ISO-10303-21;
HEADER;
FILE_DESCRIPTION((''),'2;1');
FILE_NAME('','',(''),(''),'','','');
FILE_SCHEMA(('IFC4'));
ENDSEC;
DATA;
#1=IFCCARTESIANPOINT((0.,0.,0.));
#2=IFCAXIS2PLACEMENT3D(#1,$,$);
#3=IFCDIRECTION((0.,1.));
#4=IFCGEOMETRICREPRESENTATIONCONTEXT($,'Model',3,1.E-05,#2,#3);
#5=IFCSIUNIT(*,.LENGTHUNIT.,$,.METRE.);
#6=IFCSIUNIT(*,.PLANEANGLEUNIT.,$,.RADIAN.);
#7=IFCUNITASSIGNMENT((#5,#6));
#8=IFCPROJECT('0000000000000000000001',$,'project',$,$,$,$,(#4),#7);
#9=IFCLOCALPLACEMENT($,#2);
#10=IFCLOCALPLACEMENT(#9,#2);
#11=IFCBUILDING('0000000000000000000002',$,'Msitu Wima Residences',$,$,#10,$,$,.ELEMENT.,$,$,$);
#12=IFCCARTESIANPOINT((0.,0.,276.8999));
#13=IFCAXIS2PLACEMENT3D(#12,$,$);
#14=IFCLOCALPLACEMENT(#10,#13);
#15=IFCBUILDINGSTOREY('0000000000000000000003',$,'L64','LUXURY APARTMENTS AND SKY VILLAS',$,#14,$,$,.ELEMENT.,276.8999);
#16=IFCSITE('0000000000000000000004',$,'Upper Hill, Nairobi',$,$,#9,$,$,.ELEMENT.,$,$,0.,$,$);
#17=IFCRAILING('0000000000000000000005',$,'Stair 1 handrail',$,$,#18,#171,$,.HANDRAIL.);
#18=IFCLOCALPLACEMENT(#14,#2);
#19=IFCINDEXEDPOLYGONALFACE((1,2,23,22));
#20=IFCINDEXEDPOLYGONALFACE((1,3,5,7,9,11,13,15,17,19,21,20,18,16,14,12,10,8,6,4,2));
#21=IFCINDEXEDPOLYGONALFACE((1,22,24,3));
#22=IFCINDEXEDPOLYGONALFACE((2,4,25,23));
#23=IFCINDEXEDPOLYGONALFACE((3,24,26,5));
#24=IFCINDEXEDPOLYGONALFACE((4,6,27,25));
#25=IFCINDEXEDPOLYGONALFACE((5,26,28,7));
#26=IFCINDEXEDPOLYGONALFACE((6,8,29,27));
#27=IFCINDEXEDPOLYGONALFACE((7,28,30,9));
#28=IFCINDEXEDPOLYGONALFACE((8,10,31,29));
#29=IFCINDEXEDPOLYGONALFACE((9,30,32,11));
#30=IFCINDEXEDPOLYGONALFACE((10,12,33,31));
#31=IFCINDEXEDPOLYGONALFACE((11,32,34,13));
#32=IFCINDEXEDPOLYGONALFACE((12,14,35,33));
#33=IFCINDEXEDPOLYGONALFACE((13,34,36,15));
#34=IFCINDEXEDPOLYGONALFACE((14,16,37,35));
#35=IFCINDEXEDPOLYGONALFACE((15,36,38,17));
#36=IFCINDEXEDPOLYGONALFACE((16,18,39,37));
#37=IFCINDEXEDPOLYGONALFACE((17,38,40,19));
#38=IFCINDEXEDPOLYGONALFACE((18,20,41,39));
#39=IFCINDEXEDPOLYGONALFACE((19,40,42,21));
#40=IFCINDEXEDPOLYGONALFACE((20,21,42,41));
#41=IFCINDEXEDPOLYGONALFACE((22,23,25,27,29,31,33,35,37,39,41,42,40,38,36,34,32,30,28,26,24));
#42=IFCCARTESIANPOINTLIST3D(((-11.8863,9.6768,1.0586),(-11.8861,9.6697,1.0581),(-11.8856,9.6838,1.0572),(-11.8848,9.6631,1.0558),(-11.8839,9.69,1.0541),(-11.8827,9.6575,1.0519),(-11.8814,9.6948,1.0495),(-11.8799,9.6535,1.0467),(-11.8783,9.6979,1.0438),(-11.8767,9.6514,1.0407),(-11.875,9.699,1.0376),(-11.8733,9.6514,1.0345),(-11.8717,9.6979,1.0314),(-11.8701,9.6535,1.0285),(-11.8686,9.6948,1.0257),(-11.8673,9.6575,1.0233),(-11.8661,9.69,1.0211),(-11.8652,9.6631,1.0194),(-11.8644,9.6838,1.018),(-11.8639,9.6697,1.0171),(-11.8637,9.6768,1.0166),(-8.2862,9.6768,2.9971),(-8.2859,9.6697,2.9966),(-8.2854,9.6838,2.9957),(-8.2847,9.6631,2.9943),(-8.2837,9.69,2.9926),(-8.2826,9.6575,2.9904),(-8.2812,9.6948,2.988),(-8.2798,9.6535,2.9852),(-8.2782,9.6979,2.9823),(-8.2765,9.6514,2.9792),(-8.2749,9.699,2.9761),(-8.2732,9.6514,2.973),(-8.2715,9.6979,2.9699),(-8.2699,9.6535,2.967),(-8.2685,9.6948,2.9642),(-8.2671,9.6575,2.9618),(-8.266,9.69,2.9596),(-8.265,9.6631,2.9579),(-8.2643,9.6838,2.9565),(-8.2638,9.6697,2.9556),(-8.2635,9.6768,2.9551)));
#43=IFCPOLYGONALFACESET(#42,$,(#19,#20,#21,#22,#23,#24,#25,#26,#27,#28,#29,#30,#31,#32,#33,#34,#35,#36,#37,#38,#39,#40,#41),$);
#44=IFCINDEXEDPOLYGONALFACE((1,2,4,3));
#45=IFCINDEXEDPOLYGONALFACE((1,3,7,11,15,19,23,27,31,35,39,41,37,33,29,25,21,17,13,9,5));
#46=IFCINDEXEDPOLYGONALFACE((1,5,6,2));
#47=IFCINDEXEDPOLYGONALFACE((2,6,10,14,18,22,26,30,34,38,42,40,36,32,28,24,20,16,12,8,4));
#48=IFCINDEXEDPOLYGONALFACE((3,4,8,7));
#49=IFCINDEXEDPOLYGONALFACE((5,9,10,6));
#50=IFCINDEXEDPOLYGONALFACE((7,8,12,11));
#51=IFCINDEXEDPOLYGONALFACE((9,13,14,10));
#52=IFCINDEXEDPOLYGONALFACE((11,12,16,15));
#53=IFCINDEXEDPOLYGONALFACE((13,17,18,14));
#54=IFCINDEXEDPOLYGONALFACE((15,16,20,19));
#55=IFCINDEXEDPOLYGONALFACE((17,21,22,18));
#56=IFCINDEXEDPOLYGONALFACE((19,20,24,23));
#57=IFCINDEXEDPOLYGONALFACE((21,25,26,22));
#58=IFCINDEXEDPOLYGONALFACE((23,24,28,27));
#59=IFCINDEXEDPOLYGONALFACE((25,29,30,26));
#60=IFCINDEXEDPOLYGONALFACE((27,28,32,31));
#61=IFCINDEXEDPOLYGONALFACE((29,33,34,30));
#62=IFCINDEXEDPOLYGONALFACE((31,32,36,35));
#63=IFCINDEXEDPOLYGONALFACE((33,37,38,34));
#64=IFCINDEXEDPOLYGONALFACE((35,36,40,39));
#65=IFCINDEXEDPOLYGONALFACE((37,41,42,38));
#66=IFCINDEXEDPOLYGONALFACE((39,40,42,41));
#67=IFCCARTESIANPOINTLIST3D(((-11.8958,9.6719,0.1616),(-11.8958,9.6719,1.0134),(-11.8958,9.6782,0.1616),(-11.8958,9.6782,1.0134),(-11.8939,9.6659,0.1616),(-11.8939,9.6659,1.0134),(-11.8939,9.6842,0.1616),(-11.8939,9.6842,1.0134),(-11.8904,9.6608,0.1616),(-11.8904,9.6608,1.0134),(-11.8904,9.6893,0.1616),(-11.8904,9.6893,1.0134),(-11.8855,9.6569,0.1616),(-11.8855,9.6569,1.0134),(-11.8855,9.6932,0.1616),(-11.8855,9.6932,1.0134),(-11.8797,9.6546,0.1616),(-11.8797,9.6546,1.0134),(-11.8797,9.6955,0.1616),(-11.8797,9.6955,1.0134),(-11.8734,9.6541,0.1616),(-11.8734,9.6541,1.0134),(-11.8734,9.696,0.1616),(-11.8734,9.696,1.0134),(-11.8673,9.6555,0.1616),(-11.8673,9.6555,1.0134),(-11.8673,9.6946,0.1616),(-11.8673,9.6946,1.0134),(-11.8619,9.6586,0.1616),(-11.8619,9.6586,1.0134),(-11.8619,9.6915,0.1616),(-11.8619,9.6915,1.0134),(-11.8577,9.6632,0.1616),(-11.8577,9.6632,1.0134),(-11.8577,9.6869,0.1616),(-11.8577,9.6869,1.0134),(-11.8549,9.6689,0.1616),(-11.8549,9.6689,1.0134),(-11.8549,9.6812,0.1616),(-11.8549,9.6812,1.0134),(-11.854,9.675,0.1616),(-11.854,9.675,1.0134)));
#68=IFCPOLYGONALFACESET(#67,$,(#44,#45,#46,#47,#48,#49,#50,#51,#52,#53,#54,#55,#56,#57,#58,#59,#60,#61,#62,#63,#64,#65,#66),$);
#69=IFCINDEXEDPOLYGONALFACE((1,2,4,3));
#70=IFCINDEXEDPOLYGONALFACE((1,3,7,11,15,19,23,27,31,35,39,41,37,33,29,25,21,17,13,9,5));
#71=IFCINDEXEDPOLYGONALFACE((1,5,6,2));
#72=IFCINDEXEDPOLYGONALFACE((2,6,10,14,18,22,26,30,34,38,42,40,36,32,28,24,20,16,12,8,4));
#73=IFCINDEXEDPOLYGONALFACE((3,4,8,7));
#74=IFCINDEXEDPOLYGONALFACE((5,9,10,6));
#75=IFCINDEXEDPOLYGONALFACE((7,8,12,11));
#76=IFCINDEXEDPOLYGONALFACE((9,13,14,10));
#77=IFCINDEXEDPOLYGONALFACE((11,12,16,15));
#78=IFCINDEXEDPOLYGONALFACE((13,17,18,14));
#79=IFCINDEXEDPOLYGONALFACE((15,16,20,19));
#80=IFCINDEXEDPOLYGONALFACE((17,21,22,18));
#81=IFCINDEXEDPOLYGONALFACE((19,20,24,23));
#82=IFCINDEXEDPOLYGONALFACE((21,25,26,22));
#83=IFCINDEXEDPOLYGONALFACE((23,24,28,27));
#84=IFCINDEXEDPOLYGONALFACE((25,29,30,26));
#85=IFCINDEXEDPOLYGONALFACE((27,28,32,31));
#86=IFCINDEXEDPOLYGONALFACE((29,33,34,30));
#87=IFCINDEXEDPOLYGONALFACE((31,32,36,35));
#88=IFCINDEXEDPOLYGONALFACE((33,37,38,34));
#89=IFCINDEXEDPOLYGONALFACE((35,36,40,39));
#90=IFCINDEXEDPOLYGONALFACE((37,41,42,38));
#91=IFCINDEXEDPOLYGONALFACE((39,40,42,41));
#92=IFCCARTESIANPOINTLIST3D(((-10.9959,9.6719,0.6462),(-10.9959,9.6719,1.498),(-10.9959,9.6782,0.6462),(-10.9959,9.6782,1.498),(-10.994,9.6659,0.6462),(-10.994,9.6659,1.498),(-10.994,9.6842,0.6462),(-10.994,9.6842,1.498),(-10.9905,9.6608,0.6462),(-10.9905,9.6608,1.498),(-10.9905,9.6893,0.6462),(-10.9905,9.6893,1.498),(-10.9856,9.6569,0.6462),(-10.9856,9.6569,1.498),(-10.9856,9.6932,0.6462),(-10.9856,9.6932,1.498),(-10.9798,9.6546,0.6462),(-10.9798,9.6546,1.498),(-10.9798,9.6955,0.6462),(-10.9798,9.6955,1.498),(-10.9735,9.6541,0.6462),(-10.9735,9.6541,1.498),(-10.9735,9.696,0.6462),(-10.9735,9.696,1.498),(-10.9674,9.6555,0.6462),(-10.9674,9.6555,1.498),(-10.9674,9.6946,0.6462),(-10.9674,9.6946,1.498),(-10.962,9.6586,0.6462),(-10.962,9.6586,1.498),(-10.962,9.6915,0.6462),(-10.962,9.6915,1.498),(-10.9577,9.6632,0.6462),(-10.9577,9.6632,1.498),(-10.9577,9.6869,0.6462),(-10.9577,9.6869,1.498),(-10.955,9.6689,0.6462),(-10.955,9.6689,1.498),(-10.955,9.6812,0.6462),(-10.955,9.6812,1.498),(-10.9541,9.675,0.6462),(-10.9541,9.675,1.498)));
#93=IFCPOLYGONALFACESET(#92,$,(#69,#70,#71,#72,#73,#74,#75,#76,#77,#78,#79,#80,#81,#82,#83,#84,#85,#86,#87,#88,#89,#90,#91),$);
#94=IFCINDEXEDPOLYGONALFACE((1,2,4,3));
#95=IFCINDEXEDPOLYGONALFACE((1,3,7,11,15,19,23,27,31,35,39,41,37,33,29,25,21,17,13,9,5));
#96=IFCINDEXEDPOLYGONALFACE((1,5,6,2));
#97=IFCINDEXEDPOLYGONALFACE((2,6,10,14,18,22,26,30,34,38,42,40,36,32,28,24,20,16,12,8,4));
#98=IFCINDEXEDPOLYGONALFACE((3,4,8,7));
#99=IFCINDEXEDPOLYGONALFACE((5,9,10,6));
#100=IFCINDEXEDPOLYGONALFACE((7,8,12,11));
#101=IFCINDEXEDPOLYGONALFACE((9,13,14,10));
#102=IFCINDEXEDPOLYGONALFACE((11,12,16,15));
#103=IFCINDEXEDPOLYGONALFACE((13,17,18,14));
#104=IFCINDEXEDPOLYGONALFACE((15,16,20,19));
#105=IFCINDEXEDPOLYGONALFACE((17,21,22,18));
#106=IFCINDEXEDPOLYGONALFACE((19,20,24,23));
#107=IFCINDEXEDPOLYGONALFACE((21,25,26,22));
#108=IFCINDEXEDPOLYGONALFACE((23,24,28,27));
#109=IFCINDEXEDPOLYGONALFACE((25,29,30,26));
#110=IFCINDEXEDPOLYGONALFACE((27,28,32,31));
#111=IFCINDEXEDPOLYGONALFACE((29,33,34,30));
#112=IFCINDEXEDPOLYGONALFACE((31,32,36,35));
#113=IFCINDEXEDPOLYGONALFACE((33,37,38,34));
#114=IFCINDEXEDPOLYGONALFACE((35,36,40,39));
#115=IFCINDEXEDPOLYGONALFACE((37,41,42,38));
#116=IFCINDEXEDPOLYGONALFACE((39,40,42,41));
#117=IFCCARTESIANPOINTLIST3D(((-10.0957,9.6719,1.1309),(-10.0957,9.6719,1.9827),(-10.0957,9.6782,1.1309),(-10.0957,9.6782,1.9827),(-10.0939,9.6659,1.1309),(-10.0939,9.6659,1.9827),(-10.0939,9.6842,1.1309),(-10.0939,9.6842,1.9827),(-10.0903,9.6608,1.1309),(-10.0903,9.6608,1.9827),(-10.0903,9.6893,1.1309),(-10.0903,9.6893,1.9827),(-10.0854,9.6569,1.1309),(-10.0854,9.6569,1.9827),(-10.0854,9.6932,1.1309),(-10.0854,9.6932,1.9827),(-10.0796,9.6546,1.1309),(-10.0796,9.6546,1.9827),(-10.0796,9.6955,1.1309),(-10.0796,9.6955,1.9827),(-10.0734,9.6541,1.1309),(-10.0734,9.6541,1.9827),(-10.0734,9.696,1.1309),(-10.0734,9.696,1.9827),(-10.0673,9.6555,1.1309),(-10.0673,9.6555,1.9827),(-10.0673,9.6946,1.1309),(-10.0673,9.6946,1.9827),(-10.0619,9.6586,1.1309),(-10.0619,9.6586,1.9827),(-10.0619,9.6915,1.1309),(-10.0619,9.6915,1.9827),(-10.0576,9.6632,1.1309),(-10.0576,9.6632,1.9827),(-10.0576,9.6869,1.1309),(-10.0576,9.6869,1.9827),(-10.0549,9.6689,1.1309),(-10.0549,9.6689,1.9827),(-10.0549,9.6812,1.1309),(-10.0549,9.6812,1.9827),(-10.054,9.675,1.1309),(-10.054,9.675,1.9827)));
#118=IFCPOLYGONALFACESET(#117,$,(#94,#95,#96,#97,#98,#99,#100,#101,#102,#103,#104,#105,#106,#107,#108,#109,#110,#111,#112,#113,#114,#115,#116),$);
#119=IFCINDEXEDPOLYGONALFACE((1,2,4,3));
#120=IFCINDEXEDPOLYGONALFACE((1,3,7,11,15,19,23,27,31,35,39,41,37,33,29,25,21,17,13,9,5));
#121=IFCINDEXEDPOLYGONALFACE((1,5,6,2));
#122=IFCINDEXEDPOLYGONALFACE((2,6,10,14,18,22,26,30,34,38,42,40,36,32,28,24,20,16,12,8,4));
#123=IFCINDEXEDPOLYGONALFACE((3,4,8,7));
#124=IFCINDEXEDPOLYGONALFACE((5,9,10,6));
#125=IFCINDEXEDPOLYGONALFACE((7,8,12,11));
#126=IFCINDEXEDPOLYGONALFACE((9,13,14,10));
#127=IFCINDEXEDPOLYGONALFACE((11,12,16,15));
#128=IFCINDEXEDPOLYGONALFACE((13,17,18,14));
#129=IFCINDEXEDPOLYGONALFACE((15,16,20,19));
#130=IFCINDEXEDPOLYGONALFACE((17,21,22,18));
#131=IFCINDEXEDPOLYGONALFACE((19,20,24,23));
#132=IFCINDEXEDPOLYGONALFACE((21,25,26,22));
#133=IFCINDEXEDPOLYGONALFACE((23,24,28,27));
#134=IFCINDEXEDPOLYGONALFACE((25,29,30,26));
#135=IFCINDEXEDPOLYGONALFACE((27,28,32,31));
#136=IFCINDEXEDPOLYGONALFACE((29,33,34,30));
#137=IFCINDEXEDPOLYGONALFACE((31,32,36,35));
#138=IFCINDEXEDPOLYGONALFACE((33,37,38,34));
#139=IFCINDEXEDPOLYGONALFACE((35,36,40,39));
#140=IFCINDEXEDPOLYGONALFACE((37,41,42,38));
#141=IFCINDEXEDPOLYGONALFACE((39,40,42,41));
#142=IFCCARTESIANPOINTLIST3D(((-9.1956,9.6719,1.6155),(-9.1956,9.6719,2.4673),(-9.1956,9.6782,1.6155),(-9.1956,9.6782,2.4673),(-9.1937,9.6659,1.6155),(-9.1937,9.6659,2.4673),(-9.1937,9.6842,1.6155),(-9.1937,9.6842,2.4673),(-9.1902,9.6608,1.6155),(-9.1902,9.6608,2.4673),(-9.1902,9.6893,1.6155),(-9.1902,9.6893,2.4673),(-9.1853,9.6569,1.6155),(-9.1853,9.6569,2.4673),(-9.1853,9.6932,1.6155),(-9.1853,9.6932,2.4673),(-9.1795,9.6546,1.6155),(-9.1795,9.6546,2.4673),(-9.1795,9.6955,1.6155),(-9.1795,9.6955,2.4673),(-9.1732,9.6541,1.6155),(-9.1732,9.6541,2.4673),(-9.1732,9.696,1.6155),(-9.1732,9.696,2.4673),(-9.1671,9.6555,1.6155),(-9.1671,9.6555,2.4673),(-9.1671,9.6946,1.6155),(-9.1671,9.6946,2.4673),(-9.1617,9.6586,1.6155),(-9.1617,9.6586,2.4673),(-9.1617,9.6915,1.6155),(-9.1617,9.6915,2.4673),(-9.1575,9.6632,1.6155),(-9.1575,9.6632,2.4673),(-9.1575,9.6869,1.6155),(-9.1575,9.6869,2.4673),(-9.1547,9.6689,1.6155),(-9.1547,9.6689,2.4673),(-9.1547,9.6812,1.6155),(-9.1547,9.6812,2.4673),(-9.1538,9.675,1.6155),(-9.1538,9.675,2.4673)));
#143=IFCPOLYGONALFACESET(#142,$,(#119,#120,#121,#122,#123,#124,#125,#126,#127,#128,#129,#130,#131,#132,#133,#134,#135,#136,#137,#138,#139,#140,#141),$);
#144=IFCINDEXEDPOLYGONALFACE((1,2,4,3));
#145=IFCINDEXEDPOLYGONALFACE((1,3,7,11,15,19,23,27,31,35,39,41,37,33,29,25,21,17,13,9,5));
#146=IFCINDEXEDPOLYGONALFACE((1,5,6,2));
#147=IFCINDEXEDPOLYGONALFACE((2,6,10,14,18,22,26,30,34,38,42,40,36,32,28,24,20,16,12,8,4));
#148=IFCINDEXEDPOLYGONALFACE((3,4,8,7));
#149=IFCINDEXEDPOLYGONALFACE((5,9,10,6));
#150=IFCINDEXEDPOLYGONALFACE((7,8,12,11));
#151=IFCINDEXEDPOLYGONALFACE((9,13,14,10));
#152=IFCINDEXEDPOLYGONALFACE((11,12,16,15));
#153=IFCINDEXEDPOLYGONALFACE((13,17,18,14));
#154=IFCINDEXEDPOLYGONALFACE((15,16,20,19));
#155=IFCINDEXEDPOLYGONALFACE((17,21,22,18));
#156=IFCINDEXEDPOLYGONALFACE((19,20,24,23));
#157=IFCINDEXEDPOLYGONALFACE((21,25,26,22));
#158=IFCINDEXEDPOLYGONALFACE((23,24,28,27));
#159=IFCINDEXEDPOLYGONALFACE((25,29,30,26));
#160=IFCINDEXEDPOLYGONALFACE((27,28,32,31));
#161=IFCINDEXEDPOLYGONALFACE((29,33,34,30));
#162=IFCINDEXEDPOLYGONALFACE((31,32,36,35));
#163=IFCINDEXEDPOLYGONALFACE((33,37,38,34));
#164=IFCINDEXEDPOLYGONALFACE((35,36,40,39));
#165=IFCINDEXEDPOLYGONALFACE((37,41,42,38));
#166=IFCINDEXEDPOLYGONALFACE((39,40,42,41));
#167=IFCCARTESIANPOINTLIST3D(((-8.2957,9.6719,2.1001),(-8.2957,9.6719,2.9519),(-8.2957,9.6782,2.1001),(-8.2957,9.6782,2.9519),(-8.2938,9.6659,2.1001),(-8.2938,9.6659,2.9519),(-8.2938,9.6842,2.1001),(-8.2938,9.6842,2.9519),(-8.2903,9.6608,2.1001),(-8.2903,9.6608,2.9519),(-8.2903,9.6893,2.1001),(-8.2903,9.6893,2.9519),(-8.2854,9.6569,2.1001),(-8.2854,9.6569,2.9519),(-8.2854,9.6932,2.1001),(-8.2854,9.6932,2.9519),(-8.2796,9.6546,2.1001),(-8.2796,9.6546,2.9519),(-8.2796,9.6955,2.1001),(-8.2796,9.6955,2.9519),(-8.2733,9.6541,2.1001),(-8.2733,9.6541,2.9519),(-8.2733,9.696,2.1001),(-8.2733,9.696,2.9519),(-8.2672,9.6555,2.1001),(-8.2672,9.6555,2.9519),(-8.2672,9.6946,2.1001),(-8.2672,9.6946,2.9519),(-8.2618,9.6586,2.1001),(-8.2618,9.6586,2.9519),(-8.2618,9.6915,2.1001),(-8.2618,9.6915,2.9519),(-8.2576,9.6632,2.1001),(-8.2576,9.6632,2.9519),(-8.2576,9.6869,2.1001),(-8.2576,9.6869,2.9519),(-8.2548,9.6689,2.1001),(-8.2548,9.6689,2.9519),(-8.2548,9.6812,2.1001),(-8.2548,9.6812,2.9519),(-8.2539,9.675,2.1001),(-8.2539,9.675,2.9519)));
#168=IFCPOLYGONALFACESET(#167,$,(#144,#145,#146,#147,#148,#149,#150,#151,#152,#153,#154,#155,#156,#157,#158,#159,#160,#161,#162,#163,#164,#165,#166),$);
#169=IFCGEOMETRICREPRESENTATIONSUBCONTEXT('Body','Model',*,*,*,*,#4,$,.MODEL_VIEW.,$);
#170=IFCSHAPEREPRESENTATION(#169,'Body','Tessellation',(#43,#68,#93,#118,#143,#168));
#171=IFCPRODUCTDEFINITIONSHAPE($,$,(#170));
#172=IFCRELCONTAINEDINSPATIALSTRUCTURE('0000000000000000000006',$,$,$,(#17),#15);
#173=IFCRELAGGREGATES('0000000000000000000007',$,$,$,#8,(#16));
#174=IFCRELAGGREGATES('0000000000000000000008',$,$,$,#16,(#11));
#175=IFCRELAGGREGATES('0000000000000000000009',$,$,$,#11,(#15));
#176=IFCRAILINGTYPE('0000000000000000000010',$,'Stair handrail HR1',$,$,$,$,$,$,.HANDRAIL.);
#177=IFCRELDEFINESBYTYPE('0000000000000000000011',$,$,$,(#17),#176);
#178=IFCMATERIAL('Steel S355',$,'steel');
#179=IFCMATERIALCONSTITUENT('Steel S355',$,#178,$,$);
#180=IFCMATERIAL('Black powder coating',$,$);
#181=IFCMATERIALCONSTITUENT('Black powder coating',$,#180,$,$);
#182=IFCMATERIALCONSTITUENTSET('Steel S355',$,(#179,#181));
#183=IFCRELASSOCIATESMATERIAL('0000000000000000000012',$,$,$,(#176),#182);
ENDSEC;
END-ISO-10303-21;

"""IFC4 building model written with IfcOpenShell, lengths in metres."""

from ifc_helpers import new_model, si_unit, direction, frame, origin, origin_2d, place, context, subcontext, project, spatial, circle, extrude, material, constituent, constituent_set, type_object, element, save


model = new_model("IFC4")

# Units and contexts
model_context = context("Model", 3, precision=1e-05, world=origin(), true_north=direction((0.0, 1.0)))
body_context = subcontext(model_context, "Body", "Model", "MODEL_VIEW")
ifc_project = project(units=[si_unit("LENGTHUNIT", "METRE"), si_unit("PLANEANGLEUNIT", "RADIAN")], contexts=[model_context])

# Site, building, storey
site_placement = place(None, origin())
site = spatial("IfcSite", under=ifc_project, at=site_placement, Name="Upper Hill, Nairobi", CompositionType="ELEMENT", RefElevation=0.0)
building_placement = place(site_placement, origin())
building = spatial("IfcBuilding", under=site, at=building_placement, Name="Msitu Wima Residences", CompositionType="ELEMENT")
storey_placement = place(building_placement, frame((0.0, 0.0, 276.8999)))
storey = spatial("IfcBuildingStorey", under=building, at=storey_placement, Name="L64", Description="LUXURY APARTMENTS AND SKY VILLAS", CompositionType="ELEMENT", Elevation=276.8999)

# Railing
ifc_material_1 = material(Name="Steel S355", Category="steel")
ifc_constituent_1 = constituent(ifc_material_1, Name="Steel S355")
ifc_material_2 = material(Name="Black powder coating")
ifc_constituent_2 = constituent(ifc_material_2, Name="Black powder coating")
ifc_constituent_set_1 = constituent_set(constituents=[ifc_constituent_1, ifc_constituent_2], Name="Steel S355")
railing_type_1 = type_object("IfcRailingType", Name="Stair handrail HR1", PredefinedType="HANDRAIL", material=ifc_constituent_set_1)
railing_1_placement = place(storey_placement, frame((-11.875, 9.675, 0.1616)))
element("IfcRailing", 1, at=railing_1_placement, inside=storey, type_object=railing_type_1, Name="Stair 1 handrail", PredefinedType="HANDRAIL", context=body_context, shape_type="SweptSolid", body=[
    extrude(circle(Radius=0.0239, at=origin_2d()), frame((0.0, 0.0, 0.876), z_axis=(0.880475, 0.0, 0.474093), x_axis=(0.0, 1.0, 0.0)), (0.0, 0.0, 1.0), 4.0889),
    extrude(circle(Radius=0.021, at=origin_2d()), origin(), (0.0, 0.0, 1.0), 0.8518),
    extrude(circle(Radius=0.021, at=origin_2d()), frame((0.8999, 0.0, 0.4846)), (0.0, 0.0, 1.0), 0.8518),
    extrude(circle(Radius=0.021, at=origin_2d()), frame((1.8, 0.0, 0.9692)), (0.0, 0.0, 1.0), 0.8518),
    extrude(circle(Radius=0.021, at=origin_2d()), frame((2.7002, 0.0, 1.4539)), (0.0, 0.0, 1.0), 0.8518),
    extrude(circle(Radius=0.021, at=origin_2d()), frame((3.6001, 0.0, 1.9385)), (0.0, 0.0, 1.0), 0.8518),
])

save(model, "model.ifc")
